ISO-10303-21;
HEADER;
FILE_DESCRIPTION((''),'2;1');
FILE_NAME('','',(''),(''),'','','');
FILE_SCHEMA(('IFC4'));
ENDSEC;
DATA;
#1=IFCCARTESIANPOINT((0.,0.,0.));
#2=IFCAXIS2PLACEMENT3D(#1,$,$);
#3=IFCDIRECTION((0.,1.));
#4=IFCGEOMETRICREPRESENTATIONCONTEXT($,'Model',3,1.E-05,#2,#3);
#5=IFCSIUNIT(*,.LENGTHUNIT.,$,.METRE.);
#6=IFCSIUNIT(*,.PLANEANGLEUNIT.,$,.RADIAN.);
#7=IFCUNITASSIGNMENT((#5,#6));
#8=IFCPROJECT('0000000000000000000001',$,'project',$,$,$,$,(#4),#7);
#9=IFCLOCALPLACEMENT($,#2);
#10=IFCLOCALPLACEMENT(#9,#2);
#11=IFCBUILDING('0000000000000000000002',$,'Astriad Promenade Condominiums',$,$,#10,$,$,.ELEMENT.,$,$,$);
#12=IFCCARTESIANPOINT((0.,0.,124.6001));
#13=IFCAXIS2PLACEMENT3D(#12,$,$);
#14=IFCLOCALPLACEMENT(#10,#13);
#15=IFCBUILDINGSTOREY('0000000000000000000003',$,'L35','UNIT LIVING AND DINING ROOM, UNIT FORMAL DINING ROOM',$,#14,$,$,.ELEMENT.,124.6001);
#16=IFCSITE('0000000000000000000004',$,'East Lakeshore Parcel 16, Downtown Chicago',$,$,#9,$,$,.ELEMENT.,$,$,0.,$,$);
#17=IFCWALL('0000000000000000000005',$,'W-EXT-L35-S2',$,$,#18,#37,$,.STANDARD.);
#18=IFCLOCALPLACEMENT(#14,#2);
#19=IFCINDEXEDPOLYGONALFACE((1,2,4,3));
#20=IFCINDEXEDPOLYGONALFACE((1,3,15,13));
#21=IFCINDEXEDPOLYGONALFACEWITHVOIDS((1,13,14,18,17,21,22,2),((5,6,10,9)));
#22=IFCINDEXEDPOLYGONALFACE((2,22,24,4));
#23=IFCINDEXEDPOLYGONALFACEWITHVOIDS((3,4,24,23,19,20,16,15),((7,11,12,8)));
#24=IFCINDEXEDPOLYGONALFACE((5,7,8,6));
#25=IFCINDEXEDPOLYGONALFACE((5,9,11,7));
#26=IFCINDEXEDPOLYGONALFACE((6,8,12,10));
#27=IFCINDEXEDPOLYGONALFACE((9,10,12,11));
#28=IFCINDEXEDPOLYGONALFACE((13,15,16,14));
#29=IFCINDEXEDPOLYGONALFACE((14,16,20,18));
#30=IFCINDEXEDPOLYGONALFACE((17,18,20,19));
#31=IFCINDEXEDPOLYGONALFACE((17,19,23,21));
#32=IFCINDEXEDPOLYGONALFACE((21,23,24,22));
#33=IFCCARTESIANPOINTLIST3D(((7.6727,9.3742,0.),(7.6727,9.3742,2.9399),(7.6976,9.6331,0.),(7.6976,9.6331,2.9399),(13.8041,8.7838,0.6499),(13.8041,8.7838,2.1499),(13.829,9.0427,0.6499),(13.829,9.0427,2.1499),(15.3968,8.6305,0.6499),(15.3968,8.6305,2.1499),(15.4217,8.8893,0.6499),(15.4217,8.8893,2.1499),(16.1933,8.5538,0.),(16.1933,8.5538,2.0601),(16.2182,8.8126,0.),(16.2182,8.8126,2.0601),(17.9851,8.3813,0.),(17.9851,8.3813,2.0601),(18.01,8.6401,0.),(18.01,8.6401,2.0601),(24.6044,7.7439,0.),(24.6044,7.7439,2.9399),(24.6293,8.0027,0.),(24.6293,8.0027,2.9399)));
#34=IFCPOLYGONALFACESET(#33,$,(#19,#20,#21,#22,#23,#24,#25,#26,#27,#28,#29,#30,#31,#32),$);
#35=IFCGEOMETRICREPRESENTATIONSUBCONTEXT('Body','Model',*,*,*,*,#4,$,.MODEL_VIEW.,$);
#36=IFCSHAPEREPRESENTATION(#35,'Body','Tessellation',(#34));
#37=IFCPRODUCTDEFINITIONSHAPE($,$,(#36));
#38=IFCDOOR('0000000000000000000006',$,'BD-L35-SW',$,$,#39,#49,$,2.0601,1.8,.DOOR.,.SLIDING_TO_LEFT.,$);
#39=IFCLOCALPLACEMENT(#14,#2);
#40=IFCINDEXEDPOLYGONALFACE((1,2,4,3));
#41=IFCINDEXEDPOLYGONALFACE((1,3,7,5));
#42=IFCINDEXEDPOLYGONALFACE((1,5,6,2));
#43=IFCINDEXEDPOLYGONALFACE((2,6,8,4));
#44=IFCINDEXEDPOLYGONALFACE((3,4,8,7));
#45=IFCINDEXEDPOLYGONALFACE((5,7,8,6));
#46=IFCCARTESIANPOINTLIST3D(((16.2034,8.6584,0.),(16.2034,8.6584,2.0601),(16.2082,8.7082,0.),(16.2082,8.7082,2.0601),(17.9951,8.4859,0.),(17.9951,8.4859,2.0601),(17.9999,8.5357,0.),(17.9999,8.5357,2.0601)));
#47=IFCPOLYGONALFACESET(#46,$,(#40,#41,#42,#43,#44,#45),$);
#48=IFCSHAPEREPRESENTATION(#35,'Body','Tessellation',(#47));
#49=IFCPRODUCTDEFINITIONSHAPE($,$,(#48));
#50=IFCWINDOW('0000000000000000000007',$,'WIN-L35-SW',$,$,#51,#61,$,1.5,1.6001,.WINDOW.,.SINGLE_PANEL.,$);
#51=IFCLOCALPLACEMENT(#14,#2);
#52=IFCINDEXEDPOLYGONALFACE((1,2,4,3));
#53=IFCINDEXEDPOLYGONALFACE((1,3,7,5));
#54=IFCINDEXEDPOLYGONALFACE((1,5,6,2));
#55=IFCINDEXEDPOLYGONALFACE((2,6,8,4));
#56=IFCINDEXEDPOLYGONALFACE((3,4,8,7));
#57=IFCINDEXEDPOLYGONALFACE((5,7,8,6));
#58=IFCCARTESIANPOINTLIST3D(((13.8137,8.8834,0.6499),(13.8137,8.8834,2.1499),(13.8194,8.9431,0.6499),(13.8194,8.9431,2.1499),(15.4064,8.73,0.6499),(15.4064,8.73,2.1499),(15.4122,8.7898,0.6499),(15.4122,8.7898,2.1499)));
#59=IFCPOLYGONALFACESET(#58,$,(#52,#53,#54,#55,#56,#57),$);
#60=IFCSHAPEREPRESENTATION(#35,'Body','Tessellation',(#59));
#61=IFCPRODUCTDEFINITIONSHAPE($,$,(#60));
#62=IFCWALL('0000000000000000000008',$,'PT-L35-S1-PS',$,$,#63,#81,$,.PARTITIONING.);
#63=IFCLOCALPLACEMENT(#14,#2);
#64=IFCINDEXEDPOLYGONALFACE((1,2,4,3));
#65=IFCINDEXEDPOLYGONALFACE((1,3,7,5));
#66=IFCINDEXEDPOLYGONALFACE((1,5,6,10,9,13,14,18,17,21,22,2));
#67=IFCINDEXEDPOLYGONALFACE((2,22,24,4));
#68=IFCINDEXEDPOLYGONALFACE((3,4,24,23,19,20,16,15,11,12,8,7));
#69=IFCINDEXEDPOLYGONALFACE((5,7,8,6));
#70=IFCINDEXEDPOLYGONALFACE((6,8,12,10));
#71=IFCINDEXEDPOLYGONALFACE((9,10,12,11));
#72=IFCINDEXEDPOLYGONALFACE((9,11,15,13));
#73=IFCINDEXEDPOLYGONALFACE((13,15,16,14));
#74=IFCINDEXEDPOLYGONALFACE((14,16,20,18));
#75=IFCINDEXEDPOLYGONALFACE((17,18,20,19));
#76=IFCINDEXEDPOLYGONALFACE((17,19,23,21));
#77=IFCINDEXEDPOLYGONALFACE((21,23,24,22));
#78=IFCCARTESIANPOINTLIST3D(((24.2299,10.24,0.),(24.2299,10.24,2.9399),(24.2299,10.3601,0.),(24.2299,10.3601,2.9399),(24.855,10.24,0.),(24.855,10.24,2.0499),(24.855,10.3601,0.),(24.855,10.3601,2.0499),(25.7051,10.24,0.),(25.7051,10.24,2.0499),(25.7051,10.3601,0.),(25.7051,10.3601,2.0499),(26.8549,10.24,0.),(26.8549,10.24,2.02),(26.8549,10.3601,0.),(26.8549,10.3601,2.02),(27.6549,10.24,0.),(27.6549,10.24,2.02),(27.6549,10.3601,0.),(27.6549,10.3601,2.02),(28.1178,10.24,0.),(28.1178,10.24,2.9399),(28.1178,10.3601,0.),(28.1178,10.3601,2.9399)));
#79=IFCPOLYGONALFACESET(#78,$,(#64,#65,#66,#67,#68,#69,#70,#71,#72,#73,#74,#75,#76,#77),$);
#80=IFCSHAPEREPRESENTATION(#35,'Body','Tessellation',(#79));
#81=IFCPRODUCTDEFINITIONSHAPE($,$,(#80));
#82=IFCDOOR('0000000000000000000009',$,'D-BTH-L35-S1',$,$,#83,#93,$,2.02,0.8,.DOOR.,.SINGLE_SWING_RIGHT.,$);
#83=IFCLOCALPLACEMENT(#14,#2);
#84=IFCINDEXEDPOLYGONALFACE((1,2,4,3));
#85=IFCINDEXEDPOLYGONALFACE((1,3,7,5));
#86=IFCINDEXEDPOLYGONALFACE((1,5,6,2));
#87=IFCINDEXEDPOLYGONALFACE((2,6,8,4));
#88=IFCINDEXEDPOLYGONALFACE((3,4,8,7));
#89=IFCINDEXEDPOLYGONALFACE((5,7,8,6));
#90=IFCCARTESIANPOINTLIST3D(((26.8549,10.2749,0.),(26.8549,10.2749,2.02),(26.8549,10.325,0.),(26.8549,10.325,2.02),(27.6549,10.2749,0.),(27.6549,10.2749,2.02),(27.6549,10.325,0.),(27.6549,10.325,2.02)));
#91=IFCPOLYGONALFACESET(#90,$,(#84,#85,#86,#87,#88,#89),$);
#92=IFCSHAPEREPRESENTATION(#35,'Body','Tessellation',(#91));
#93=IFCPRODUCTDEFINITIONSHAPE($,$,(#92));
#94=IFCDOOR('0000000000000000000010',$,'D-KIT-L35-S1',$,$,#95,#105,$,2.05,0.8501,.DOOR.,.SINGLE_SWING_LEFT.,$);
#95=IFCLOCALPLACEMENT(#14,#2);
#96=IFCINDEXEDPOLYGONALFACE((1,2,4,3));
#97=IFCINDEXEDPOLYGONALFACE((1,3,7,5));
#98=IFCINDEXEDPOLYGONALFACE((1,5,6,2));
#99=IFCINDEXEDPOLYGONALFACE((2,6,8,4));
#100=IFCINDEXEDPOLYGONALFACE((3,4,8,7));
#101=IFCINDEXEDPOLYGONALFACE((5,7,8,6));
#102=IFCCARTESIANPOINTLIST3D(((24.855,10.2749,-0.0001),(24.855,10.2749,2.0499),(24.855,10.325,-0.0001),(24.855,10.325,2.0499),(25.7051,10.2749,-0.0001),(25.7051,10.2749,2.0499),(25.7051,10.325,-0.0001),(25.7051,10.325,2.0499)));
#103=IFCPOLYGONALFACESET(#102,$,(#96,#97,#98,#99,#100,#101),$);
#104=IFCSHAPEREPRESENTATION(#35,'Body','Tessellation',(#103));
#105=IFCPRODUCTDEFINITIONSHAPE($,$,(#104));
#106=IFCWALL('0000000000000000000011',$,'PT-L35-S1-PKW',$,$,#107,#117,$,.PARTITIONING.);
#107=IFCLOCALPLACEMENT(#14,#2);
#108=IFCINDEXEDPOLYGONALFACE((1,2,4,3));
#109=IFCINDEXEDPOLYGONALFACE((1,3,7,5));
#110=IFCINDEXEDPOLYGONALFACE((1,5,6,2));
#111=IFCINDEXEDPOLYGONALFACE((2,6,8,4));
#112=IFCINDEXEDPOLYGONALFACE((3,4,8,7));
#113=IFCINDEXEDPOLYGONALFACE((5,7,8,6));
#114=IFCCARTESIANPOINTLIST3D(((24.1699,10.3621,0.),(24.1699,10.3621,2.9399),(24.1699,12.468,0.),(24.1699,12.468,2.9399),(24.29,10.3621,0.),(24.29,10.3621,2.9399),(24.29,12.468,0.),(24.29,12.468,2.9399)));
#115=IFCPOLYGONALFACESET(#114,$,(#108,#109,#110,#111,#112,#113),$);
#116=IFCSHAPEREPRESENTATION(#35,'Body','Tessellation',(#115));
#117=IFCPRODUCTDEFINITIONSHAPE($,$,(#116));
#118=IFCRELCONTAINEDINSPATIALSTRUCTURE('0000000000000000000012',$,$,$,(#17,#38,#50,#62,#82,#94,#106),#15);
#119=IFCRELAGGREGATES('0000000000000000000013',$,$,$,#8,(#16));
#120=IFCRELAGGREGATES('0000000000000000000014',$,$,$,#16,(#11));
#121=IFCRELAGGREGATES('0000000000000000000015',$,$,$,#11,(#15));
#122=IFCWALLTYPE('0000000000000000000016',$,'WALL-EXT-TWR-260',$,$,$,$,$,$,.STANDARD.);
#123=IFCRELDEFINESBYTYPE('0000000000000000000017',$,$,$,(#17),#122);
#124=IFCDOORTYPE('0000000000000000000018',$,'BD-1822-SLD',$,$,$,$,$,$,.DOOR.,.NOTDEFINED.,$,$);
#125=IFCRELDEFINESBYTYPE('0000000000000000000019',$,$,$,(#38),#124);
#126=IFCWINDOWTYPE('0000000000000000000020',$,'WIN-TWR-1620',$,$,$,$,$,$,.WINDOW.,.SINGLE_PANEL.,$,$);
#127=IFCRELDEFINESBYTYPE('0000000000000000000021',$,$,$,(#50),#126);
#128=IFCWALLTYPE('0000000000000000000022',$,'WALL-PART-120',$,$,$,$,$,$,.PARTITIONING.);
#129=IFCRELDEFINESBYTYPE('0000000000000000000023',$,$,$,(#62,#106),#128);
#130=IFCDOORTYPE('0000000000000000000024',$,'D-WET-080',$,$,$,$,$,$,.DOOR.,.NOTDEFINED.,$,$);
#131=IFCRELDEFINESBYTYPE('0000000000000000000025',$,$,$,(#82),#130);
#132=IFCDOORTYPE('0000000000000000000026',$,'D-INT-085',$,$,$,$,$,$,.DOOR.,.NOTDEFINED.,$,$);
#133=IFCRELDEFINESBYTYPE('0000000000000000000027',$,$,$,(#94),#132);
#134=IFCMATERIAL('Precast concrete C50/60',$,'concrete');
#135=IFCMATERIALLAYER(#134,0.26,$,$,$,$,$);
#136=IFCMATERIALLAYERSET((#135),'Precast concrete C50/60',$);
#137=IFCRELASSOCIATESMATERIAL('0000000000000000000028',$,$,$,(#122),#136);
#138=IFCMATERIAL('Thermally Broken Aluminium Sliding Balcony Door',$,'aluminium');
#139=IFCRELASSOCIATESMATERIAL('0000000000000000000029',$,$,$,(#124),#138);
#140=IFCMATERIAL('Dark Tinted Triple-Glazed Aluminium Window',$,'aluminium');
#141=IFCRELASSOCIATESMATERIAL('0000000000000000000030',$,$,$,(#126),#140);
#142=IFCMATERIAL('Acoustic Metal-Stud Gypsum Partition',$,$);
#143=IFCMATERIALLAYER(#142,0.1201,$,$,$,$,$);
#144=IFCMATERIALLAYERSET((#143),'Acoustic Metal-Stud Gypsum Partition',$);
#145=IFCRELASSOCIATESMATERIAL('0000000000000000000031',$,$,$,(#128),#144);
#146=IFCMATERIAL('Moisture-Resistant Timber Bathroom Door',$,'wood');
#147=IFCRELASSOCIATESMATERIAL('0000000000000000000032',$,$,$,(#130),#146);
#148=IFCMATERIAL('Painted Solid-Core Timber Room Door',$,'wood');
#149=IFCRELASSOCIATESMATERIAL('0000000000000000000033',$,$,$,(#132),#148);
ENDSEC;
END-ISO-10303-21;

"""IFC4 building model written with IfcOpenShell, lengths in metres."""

from ifc_helpers import new_model, si_unit, direction, frame, frame_2d, origin, place, context, subcontext, project, spatial, rectangle, extrude, source, transform, mapped, material, layer, layer_set, type_object, type_shapes, element, fill, save


model = new_model("IFC4")

# Units and contexts
model_context = context("Model", 3, precision=1e-05, world=origin(), true_north=direction((0.0, 1.0)))
body_context = subcontext(model_context, "Body", "Model", "MODEL_VIEW")
ifc_project = project(units=[si_unit("LENGTHUNIT", "METRE"), si_unit("PLANEANGLEUNIT", "RADIAN")], contexts=[model_context])

# Site, building, storey
site_placement = place(None, origin())
site = spatial("IfcSite", under=ifc_project, at=site_placement, Name="East Lakeshore Parcel 16, Downtown Chicago", CompositionType="ELEMENT", RefElevation=0.0)
building_placement = place(site_placement, origin())
building = spatial("IfcBuilding", under=site, at=building_placement, Name="Astriad Promenade Condominiums", CompositionType="ELEMENT")
storey_placement = place(building_placement, frame((0.0, 0.0, 124.6001)))
storey = spatial("IfcBuildingStorey", under=building, at=storey_placement, Name="L35", Description="UNIT LIVING AND DINING ROOM, UNIT FORMAL DINING ROOM", CompositionType="ELEMENT", Elevation=124.6001)

# Wall, openings, door, window
ifc_material_1 = material(Name="Precast concrete C50/60", Category="concrete")
ifc_layer_1 = layer(ifc_material_1, 0.26)
ifc_layer_set_1 = layer_set([ifc_layer_1], Name="Precast concrete C50/60")
wall_type_1 = type_object("IfcWallType", Name="WALL-EXT-TWR-260", PredefinedType="STANDARD", material=ifc_layer_set_1)
wall_1_placement = place(storey_placement, frame((24.6167, 7.8733, 0.0), z_axis=(0.0, 0.0, 1.0), x_axis=(-0.995396, 0.095848, 0.0)))
wall_1 = element("IfcWall", 1, at=wall_1_placement, inside=storey, type_object=wall_type_1, Name="W-EXT-L35-S2", PredefinedType="STANDARD", context=body_context, shape_type="SweptSolid", body=[
    extrude(rectangle(XDim=17.01, YDim=0.26, at=frame_2d((8.5049, 0.0))), origin(), (0.0, 0.0, 1.0), 2.9399),
])
opening_1_placement = place(wall_1_placement, frame((6.6499, 0.0, 0.0)))
opening_1 = element("IfcOpeningElement", 2, at=opening_1_placement, cuts=wall_1, PredefinedType="OPENING", context=body_context, shape_type="SweptSolid", body=[
    extrude(rectangle(XDim=1.8, YDim=2.0601, at=frame_2d((0.8999, 1.03))), frame((0.0, 0.1399, 0.0), z_axis=(0.0, -1.0, 0.0), x_axis=(1.0, 0.0, 0.0)), (0.0, 0.0, 1.0), 0.28),
])
opening_2_placement = place(wall_1_placement, frame((9.25, 0.0, 0.6499)))
opening_2 = element("IfcOpeningElement", 3, at=opening_2_placement, cuts=wall_1, PredefinedType="OPENING", context=body_context, shape_type="SweptSolid", body=[
    extrude(rectangle(XDim=1.6001, YDim=1.5, at=frame_2d((0.8, 0.75))), frame((0.0, 0.1399, 0.0), z_axis=(0.0, -1.0, 0.0), x_axis=(1.0, 0.0, 0.0)), (0.0, 0.0, 1.0), 0.28),
])
ifc_material_2 = material(Name="Thermally Broken Aluminium Sliding Balcony Door", Category="aluminium")
door_type_1 = type_object("IfcDoorType", Name="BD-1822-SLD", OperationType="NOTDEFINED", PredefinedType="DOOR", material=ifc_material_2)
shared_shape_1 = source(origin(), body_context, "Body", "SweptSolid", [
    extrude(rectangle(XDim=1.8, YDim=2.0601, at=frame_2d((0.8999, 1.03))), frame((0.0, 0.0249, 0.0), z_axis=(0.0, -1.0, 0.0), x_axis=(1.0, 0.0, 0.0)), (0.0, 0.0, 1.0), 0.05),
])
type_shapes(door_type_1, [shared_shape_1])
door_1_placement = place(opening_1_placement, origin())
door_1 = element("IfcDoor", 4, at=door_1_placement, inside=storey, type_object=door_type_1, Name="BD-L35-SW", OperationType="SLIDING_TO_LEFT", OverallHeight=2.0601, OverallWidth=1.8, PredefinedType="DOOR", context=body_context, shape_type="MappedRepresentation", body=[
    mapped(shared_shape_1, transform((0.0, 0.0, 0.0), scale=1.0)),
])
fill(opening_1, door_1)
ifc_material_3 = material(Name="Dark Tinted Triple-Glazed Aluminium Window", Category="aluminium")
window_type = type_object("IfcWindowType", Name="WIN-TWR-1620", PartitioningType="SINGLE_PANEL", PredefinedType="WINDOW", material=ifc_material_3)
shared_shape_2 = source(origin(), body_context, "Body", "SweptSolid", [
    extrude(rectangle(XDim=1.6001, YDim=1.5, at=frame_2d((0.8, 0.75))), frame((0.0, 0.03, 0.0), z_axis=(0.0, -1.0, 0.0), x_axis=(1.0, 0.0, 0.0)), (0.0, 0.0, 1.0), 0.0601),
])
type_shapes(window_type, [shared_shape_2])
window_placement = place(opening_2_placement, origin())
window = element("IfcWindow", 5, at=window_placement, inside=storey, type_object=window_type, Name="WIN-L35-SW", OverallHeight=1.5, OverallWidth=1.6001, PartitioningType="SINGLE_PANEL", PredefinedType="WINDOW", context=body_context, shape_type="MappedRepresentation", body=[
    mapped(shared_shape_2, transform((0.0, 0.0, 0.0), scale=1.0)),
])
fill(opening_2, window)

# Wall, openings, doors
ifc_material_4 = material(Name="Acoustic Metal-Stud Gypsum Partition")
ifc_layer_2 = layer(ifc_material_4, 0.1201)
ifc_layer_set_2 = layer_set([ifc_layer_2], Name="Acoustic Metal-Stud Gypsum Partition")
wall_type_2 = type_object("IfcWallType", Name="WALL-PART-120", PredefinedType="PARTITIONING", material=ifc_layer_set_2)
wall_2_placement = place(storey_placement, frame((24.23, 10.3, 0.0), z_axis=(0.0, 0.0, 1.0), x_axis=(1.0, 0.0, 0.0)))
wall_2 = element("IfcWall", 6, at=wall_2_placement, inside=storey, type_object=wall_type_2, Name="PT-L35-S1-PS", PredefinedType="PARTITIONING", context=body_context, shape_type="SweptSolid", body=[
    extrude(rectangle(XDim=3.8879, YDim=0.1201, at=frame_2d((1.9438, 0.0))), origin(), (0.0, 0.0, 1.0), 2.9399),
])
opening_3_placement = place(wall_2_placement, frame((0.625, 0.0, 0.0)))
opening_3 = element("IfcOpeningElement", 7, at=opening_3_placement, cuts=wall_2, PredefinedType="OPENING", context=body_context, shape_type="SweptSolid", body=[
    extrude(rectangle(XDim=0.8501, YDim=2.05, at=frame_2d((0.425, 1.0249))), frame((0.0, 0.0701, 0.0), z_axis=(0.0, -1.0, 0.0), x_axis=(1.0, 0.0, 0.0)), (0.0, 0.0, 1.0), 0.1401),
])
opening_4_placement = place(wall_2_placement, frame((2.625, 0.0, 0.0)))
opening_4 = element("IfcOpeningElement", 8, at=opening_4_placement, cuts=wall_2, PredefinedType="OPENING", context=body_context, shape_type="SweptSolid", body=[
    extrude(rectangle(XDim=0.8, YDim=2.02, at=frame_2d((0.3999, 1.01))), frame((0.0, 0.0701, 0.0), z_axis=(0.0, -1.0, 0.0), x_axis=(1.0, 0.0, 0.0)), (0.0, 0.0, 1.0), 0.1401),
])
ifc_material_5 = material(Name="Moisture-Resistant Timber Bathroom Door", Category="wood")
door_type_2 = type_object("IfcDoorType", Name="D-WET-080", OperationType="NOTDEFINED", PredefinedType="DOOR", material=ifc_material_5)
shared_shape_3 = source(origin(), body_context, "Body", "SweptSolid", [
    extrude(rectangle(XDim=0.8, YDim=2.02, at=frame_2d((0.3999, 1.01))), frame((0.0, 0.0249, 0.0), z_axis=(0.0, -1.0, 0.0), x_axis=(1.0, 0.0, 0.0)), (0.0, 0.0, 1.0), 0.05),
])
type_shapes(door_type_2, [shared_shape_3])
door_2_placement = place(opening_4_placement, origin())
door_2 = element("IfcDoor", 9, at=door_2_placement, inside=storey, type_object=door_type_2, Name="D-BTH-L35-S1", OperationType="SINGLE_SWING_RIGHT", OverallHeight=2.02, OverallWidth=0.8, PredefinedType="DOOR", context=body_context, shape_type="MappedRepresentation", body=[
    mapped(shared_shape_3, transform((0.0, 0.0, 0.0), scale=1.0)),
])
fill(opening_4, door_2)
ifc_material_6 = material(Name="Painted Solid-Core Timber Room Door", Category="wood")
door_type_3 = type_object("IfcDoorType", Name="D-INT-085", OperationType="NOTDEFINED", PredefinedType="DOOR", material=ifc_material_6)
shared_shape_4 = source(origin(), body_context, "Body", "SweptSolid", [
    extrude(rectangle(XDim=0.8501, YDim=2.05, at=frame_2d((0.425, 1.0249))), frame((0.0, 0.0249, 0.0), z_axis=(0.0, -1.0, 0.0), x_axis=(1.0, 0.0, 0.0)), (0.0, 0.0, 1.0), 0.05),
])
type_shapes(door_type_3, [shared_shape_4])
door_3_placement = place(opening_3_placement, origin())
door_3 = element("IfcDoor", 10, at=door_3_placement, inside=storey, type_object=door_type_3, Name="D-KIT-L35-S1", OperationType="SINGLE_SWING_LEFT", OverallHeight=2.05, OverallWidth=0.8501, PredefinedType="DOOR", context=body_context, shape_type="MappedRepresentation", body=[
    mapped(shared_shape_4, transform((0.0, 0.0, 0.0), scale=1.0)),
])
fill(opening_3, door_3)

# Wall
wall_3_placement = place(storey_placement, frame((24.23, 10.3621, 0.0), z_axis=(0.0, 0.0, 1.0), x_axis=(0.0, 1.0, 0.0)))
element("IfcWall", 11, at=wall_3_placement, inside=storey, type_object=wall_type_2, Name="PT-L35-S1-PKW", PredefinedType="PARTITIONING", context=body_context, shape_type="SweptSolid", body=[
    extrude(rectangle(XDim=2.106, YDim=0.1201, at=frame_2d((1.053, 0.0))), origin(), (0.0, 0.0, 1.0), 2.9399),
])

save(model, "model.ifc")
